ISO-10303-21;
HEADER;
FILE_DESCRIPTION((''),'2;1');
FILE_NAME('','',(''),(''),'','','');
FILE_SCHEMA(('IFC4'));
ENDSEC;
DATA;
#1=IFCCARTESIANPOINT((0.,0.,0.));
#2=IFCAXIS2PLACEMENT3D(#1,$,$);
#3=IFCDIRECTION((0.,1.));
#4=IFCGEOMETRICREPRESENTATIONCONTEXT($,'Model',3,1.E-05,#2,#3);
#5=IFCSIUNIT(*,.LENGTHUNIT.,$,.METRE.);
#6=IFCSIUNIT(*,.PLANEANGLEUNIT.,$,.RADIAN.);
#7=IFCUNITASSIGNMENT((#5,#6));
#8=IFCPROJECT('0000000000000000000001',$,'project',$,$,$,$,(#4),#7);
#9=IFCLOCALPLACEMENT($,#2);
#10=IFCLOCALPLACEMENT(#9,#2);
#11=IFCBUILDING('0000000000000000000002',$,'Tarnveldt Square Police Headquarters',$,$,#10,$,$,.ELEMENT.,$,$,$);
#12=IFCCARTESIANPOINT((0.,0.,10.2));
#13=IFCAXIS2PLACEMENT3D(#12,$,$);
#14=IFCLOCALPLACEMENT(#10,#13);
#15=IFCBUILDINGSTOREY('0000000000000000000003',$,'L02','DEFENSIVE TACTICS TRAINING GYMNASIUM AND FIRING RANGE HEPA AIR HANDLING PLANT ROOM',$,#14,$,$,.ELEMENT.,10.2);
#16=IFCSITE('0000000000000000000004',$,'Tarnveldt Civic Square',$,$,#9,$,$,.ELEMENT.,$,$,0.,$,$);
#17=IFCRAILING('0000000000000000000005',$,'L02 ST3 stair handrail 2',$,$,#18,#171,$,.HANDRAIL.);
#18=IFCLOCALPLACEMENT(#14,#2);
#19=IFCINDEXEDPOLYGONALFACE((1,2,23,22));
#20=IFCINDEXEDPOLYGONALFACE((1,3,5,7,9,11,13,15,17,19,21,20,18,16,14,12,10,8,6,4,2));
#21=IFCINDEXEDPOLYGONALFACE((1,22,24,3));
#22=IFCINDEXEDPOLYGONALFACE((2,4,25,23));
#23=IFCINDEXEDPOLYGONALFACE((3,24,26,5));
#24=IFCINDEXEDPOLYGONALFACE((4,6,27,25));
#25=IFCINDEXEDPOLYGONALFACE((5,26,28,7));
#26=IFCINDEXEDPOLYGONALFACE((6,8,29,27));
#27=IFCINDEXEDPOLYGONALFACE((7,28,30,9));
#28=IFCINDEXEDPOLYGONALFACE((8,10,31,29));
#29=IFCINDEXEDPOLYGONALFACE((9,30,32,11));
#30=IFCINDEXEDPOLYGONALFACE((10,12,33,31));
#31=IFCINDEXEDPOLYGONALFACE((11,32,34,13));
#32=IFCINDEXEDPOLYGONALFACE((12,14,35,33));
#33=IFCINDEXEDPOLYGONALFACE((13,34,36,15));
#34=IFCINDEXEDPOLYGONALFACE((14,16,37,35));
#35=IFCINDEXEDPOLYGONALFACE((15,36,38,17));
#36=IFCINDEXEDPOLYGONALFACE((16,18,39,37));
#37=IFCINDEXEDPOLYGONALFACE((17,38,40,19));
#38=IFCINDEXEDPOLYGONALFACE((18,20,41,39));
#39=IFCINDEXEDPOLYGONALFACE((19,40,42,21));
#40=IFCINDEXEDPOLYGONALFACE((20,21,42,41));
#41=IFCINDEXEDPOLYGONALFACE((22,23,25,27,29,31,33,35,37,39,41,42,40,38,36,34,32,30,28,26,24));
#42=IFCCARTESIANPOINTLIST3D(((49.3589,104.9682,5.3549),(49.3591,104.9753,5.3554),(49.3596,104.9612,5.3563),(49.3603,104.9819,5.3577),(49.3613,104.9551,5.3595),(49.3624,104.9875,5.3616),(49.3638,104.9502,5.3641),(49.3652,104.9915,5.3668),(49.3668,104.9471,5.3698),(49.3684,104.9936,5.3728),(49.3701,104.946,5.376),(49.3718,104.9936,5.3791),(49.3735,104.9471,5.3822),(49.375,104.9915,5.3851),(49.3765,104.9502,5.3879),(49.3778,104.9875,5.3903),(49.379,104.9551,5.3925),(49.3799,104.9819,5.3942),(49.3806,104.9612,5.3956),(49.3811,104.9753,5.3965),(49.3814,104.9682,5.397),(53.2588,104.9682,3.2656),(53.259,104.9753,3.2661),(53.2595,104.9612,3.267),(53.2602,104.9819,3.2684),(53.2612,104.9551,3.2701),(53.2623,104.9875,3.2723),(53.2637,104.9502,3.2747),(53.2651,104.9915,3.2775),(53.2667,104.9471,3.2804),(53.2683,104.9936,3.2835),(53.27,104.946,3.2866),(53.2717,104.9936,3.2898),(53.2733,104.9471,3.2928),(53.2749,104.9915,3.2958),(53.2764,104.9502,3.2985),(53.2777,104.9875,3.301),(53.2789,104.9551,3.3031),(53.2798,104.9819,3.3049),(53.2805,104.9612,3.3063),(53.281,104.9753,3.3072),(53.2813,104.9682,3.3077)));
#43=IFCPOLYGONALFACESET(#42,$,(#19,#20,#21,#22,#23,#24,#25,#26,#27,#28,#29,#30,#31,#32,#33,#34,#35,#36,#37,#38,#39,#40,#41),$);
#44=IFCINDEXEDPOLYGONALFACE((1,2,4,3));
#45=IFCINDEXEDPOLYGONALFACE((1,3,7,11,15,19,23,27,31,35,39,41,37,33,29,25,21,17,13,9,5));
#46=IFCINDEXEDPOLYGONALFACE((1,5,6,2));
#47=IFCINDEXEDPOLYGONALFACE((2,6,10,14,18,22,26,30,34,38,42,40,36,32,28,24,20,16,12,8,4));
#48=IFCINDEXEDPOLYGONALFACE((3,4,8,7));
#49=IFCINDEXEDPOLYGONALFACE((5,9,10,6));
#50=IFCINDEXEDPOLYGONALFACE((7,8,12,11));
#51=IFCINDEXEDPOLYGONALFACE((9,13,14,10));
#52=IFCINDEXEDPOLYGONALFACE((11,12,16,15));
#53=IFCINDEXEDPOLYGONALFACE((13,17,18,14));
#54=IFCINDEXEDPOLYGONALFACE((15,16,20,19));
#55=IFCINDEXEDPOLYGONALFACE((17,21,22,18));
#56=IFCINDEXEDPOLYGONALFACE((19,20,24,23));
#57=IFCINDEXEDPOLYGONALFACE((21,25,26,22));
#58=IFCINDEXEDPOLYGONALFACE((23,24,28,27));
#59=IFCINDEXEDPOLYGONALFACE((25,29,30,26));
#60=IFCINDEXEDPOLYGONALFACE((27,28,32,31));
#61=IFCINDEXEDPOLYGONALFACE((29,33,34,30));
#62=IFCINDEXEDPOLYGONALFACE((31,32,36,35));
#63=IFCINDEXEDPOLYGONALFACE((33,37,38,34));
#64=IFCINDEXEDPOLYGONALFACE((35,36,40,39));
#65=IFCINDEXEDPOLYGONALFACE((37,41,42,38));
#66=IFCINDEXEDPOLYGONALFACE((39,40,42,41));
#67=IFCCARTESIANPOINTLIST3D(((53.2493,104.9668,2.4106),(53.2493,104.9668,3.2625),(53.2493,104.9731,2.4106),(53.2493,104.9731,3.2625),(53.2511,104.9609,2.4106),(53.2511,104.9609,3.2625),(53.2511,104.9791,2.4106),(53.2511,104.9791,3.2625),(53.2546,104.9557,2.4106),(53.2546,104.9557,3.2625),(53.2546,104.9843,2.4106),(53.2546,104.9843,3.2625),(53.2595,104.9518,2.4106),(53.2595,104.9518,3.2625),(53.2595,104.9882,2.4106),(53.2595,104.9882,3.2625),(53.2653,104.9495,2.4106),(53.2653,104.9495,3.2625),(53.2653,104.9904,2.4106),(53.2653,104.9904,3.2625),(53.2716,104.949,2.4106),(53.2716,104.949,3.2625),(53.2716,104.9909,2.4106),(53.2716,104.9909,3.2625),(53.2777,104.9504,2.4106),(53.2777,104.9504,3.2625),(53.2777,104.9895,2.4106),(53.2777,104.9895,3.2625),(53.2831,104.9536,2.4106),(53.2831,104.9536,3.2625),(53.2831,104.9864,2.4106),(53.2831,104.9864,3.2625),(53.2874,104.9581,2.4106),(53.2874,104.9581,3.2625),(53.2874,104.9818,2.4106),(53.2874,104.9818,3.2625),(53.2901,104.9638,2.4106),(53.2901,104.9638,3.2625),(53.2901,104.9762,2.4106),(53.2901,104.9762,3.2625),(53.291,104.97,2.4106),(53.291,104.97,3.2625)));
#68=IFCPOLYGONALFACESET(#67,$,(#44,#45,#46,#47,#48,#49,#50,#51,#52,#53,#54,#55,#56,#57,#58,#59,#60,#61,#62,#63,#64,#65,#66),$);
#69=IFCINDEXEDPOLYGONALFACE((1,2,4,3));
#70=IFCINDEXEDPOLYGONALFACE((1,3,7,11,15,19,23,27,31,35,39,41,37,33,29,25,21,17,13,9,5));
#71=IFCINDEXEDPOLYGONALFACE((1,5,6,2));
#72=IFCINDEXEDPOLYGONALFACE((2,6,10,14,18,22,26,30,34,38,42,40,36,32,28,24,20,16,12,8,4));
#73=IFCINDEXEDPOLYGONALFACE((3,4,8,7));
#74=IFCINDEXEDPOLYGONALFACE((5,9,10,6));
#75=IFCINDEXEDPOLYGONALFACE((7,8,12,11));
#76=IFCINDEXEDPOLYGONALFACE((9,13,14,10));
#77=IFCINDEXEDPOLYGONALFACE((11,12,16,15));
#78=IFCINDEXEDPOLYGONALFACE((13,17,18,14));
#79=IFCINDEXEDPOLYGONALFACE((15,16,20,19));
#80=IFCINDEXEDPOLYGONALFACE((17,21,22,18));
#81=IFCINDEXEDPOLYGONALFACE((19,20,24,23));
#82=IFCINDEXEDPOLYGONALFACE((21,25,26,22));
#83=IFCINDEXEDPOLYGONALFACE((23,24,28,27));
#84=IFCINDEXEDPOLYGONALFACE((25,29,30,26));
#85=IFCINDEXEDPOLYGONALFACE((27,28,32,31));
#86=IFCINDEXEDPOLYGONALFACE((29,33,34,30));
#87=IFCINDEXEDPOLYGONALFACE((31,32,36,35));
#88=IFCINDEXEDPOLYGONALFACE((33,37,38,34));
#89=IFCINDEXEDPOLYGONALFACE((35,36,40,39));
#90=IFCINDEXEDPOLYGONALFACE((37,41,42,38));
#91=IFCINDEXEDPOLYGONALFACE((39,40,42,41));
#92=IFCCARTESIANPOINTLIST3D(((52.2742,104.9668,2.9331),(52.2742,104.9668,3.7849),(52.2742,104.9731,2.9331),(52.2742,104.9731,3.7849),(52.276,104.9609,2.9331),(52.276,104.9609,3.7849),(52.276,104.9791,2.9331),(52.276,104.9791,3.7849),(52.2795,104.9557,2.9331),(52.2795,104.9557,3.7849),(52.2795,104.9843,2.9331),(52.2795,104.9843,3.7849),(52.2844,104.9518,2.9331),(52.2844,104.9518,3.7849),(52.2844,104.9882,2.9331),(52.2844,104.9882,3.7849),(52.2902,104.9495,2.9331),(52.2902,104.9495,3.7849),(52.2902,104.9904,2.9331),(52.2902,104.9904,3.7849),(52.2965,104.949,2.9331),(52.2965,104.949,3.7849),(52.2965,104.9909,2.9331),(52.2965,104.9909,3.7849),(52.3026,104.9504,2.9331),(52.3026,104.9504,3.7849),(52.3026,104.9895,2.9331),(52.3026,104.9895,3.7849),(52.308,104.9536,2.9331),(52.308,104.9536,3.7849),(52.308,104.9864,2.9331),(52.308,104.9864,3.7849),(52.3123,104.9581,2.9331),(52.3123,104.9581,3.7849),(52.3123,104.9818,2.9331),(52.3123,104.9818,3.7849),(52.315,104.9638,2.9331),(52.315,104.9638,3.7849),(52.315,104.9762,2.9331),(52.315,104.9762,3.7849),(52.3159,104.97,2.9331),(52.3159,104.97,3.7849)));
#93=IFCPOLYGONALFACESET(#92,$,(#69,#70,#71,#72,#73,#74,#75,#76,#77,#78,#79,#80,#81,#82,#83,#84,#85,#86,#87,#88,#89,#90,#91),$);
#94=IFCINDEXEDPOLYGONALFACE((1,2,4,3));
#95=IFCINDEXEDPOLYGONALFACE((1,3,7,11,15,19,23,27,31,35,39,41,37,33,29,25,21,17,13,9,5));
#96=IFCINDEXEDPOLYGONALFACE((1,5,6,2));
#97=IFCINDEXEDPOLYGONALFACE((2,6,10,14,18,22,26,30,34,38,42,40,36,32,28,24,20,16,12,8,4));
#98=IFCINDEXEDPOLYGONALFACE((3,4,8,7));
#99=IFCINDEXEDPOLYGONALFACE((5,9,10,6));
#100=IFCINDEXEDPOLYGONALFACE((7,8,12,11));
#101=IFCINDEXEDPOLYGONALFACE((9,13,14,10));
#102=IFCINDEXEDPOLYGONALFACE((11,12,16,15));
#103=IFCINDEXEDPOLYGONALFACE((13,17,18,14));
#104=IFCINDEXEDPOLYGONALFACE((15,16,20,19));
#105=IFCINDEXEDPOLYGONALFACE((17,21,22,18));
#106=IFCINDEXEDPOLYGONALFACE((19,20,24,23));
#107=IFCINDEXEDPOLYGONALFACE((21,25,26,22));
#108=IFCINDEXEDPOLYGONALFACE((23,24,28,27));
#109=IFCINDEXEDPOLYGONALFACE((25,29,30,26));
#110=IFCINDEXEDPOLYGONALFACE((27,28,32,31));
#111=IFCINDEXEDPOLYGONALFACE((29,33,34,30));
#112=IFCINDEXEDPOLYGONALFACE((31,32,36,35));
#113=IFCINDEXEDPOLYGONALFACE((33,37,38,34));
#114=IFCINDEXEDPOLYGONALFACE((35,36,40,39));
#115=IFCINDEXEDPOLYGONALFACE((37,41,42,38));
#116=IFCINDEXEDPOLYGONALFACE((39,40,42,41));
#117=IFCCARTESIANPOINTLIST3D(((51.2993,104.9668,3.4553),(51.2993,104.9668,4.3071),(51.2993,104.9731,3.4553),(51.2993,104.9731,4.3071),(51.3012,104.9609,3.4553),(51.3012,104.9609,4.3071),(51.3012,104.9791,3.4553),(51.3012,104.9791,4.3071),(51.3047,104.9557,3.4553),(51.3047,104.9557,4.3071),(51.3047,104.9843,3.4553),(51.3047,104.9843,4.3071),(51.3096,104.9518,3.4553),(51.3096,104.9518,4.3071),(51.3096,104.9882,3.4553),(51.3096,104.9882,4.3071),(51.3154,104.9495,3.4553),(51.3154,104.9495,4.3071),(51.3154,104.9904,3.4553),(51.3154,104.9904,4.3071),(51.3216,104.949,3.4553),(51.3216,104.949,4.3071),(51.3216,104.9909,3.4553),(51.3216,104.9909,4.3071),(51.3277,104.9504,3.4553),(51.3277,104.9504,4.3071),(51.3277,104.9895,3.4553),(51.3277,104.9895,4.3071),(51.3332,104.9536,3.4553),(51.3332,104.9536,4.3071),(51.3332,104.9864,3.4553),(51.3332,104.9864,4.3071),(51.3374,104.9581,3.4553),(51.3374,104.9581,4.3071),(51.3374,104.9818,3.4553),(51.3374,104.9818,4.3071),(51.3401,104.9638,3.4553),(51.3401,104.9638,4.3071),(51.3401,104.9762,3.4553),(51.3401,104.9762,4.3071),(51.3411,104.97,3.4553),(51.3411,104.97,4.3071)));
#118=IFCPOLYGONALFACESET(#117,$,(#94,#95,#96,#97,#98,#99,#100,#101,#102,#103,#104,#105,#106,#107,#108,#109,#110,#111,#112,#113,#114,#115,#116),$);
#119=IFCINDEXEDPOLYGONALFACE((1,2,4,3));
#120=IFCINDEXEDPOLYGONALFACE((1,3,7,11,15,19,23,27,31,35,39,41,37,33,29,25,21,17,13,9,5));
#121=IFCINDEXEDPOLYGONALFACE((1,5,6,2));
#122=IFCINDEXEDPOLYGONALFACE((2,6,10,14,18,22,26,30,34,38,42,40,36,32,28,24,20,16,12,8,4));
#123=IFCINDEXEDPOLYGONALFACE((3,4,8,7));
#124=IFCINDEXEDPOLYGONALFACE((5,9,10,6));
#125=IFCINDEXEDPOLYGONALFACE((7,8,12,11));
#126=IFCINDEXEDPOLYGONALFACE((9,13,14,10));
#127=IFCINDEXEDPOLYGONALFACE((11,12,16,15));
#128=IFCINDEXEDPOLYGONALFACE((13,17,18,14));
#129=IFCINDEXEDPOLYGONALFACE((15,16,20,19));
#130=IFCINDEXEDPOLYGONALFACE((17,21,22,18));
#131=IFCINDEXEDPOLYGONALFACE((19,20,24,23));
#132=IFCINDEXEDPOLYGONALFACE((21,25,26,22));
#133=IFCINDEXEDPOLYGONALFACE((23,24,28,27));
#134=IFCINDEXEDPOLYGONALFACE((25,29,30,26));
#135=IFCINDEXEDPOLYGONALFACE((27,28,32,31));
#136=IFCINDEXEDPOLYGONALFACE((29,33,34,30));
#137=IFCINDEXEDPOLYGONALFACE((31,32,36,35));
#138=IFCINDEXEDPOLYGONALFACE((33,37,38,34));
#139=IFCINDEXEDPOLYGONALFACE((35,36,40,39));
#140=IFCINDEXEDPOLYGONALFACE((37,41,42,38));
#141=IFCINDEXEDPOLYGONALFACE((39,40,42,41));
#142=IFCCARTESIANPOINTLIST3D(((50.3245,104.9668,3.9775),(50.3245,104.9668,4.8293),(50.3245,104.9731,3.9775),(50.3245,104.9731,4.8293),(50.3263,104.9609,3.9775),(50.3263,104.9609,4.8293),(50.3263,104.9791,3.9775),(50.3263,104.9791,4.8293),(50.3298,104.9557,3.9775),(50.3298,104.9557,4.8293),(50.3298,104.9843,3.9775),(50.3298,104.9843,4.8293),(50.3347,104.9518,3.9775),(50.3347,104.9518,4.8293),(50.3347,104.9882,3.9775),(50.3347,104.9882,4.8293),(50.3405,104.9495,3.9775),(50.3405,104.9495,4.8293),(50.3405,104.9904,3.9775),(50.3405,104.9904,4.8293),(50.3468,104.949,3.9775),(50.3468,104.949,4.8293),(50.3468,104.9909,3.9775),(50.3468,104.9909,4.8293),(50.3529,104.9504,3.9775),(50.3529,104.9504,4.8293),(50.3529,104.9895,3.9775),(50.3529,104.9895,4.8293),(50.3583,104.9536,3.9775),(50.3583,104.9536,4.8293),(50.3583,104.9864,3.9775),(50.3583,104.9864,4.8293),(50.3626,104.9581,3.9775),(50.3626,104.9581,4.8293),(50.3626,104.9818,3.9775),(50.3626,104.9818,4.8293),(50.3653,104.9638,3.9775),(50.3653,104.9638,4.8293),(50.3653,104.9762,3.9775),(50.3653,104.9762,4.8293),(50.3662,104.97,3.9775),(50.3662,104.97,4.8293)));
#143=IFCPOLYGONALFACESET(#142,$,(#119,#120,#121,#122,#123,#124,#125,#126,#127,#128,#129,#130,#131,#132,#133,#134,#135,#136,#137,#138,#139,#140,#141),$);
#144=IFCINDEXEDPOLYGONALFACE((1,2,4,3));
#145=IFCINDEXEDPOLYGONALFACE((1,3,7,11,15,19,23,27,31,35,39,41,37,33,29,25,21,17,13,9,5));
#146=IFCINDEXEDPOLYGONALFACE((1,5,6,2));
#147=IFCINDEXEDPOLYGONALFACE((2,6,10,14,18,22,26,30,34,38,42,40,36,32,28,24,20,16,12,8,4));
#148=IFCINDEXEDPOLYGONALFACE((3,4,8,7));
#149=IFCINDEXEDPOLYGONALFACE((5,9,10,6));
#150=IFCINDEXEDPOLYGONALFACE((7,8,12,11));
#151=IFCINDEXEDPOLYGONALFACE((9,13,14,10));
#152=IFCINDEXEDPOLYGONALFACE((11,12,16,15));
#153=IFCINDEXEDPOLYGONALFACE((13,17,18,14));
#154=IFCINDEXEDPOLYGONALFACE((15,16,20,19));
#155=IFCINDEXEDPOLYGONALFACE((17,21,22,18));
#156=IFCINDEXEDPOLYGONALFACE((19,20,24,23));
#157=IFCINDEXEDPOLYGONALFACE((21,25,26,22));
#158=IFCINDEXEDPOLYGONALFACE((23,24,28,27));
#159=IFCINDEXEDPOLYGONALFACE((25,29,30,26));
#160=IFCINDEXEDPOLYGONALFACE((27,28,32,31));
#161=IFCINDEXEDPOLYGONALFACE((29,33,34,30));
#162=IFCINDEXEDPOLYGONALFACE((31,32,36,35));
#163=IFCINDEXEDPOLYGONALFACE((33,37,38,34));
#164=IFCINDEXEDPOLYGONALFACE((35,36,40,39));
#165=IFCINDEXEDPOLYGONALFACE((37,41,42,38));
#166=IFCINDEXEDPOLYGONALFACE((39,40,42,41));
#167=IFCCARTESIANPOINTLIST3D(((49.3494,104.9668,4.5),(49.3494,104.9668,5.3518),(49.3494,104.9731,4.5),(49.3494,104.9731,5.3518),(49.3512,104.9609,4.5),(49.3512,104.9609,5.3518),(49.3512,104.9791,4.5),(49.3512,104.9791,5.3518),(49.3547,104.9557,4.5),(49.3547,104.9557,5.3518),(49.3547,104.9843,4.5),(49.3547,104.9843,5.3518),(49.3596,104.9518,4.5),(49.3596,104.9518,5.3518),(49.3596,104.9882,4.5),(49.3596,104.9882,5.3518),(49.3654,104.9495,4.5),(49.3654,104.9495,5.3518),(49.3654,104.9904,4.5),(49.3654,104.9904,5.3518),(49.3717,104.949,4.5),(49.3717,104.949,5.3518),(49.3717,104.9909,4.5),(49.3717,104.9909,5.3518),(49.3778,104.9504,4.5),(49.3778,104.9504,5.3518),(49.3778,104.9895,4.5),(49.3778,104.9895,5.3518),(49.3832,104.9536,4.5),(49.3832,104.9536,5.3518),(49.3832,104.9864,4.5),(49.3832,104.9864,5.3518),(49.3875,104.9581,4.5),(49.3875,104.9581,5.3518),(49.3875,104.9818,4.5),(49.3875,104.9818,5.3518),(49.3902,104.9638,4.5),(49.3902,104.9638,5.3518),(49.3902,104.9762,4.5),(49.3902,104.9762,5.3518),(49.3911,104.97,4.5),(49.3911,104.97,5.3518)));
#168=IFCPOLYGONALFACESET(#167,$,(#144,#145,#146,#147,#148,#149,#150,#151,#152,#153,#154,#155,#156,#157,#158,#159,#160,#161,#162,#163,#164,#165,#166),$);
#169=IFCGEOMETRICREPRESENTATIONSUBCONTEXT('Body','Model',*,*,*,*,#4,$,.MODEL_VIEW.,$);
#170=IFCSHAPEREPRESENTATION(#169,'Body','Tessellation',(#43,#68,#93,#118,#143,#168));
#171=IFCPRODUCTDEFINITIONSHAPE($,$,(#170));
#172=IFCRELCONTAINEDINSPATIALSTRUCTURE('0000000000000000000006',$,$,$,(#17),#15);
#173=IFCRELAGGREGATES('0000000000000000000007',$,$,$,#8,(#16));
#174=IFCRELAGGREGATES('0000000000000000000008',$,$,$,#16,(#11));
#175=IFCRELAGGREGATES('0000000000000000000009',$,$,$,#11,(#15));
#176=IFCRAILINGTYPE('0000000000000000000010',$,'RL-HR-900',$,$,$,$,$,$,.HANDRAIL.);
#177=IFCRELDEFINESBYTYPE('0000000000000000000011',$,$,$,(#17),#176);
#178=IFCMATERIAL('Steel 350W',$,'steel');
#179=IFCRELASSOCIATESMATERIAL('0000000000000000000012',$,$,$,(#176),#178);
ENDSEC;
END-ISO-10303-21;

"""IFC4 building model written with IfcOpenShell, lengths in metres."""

from ifc_helpers import new_model, si_unit, direction, frame, origin, origin_2d, place, context, subcontext, project, spatial, circle, extrude, material, type_object, element, save


model = new_model("IFC4")

# Units and contexts
model_context = context("Model", 3, precision=1e-05, world=origin(), true_north=direction((0.0, 1.0)))
body_context = subcontext(model_context, "Body", "Model", "MODEL_VIEW")
ifc_project = project(units=[si_unit("LENGTHUNIT", "METRE"), si_unit("PLANEANGLEUNIT", "RADIAN")], contexts=[model_context])

# Site, building, storey
site_placement = place(None, origin())
site = spatial("IfcSite", under=ifc_project, at=site_placement, Name="Tarnveldt Civic Square", CompositionType="ELEMENT", RefElevation=0.0)
building_placement = place(site_placement, origin())
building = spatial("IfcBuilding", under=site, at=building_placement, Name="Tarnveldt Square Police Headquarters", CompositionType="ELEMENT")
storey_placement = place(building_placement, frame((0.0, 0.0, 10.2)))
storey = spatial("IfcBuildingStorey", under=building, at=storey_placement, Name="L02", Description="DEFENSIVE TACTICS TRAINING GYMNASIUM AND FIRING RANGE HEPA AIR HANDLING PLANT ROOM", CompositionType="ELEMENT", Elevation=10.2)

# Shared definitions
ifc_material_1 = material(Name="Steel 350W", Category="steel")

# Railing
railing_type_1 = type_object("IfcRailingType", Name="RL-HR-900", PredefinedType="HANDRAIL", material=ifc_material_1)
railing_1_placement = place(storey_placement, frame((53.27, 104.97, 2.4106)))
element("IfcRailing", 1, at=railing_1_placement, inside=storey, type_object=railing_type_1, Name="L02 ST3 stair handrail 2", PredefinedType="HANDRAIL", context=body_context, shape_type="SweptSolid", body=[
    extrude(circle(Radius=0.0239, at=origin_2d()), frame((0.0, 0.0, 0.876), z_axis=(-0.881468, 0.0, 0.472243), x_axis=(0.0, -1.0, 0.0)), (0.0, 0.0, 1.0), 4.4243),
    extrude(circle(Radius=0.021, at=origin_2d()), origin(), (0.0, 0.0, 1.0), 0.8518),
    extrude(circle(Radius=0.021, at=origin_2d()), frame((-0.9751, 0.0, 0.5225)), (0.0, 0.0, 1.0), 0.8518),
    extrude(circle(Radius=0.021, at=origin_2d()), frame((-1.95, 0.0, 1.0447)), (0.0, 0.0, 1.0), 0.8518),
    extrude(circle(Radius=0.021, at=origin_2d()), frame((-2.9248, 0.0, 1.5669)), (0.0, 0.0, 1.0), 0.8518),
    extrude(circle(Radius=0.021, at=origin_2d()), frame((-3.8999, 0.0, 2.0894)), (0.0, 0.0, 1.0), 0.8518),
])

save(model, "model.ifc")
